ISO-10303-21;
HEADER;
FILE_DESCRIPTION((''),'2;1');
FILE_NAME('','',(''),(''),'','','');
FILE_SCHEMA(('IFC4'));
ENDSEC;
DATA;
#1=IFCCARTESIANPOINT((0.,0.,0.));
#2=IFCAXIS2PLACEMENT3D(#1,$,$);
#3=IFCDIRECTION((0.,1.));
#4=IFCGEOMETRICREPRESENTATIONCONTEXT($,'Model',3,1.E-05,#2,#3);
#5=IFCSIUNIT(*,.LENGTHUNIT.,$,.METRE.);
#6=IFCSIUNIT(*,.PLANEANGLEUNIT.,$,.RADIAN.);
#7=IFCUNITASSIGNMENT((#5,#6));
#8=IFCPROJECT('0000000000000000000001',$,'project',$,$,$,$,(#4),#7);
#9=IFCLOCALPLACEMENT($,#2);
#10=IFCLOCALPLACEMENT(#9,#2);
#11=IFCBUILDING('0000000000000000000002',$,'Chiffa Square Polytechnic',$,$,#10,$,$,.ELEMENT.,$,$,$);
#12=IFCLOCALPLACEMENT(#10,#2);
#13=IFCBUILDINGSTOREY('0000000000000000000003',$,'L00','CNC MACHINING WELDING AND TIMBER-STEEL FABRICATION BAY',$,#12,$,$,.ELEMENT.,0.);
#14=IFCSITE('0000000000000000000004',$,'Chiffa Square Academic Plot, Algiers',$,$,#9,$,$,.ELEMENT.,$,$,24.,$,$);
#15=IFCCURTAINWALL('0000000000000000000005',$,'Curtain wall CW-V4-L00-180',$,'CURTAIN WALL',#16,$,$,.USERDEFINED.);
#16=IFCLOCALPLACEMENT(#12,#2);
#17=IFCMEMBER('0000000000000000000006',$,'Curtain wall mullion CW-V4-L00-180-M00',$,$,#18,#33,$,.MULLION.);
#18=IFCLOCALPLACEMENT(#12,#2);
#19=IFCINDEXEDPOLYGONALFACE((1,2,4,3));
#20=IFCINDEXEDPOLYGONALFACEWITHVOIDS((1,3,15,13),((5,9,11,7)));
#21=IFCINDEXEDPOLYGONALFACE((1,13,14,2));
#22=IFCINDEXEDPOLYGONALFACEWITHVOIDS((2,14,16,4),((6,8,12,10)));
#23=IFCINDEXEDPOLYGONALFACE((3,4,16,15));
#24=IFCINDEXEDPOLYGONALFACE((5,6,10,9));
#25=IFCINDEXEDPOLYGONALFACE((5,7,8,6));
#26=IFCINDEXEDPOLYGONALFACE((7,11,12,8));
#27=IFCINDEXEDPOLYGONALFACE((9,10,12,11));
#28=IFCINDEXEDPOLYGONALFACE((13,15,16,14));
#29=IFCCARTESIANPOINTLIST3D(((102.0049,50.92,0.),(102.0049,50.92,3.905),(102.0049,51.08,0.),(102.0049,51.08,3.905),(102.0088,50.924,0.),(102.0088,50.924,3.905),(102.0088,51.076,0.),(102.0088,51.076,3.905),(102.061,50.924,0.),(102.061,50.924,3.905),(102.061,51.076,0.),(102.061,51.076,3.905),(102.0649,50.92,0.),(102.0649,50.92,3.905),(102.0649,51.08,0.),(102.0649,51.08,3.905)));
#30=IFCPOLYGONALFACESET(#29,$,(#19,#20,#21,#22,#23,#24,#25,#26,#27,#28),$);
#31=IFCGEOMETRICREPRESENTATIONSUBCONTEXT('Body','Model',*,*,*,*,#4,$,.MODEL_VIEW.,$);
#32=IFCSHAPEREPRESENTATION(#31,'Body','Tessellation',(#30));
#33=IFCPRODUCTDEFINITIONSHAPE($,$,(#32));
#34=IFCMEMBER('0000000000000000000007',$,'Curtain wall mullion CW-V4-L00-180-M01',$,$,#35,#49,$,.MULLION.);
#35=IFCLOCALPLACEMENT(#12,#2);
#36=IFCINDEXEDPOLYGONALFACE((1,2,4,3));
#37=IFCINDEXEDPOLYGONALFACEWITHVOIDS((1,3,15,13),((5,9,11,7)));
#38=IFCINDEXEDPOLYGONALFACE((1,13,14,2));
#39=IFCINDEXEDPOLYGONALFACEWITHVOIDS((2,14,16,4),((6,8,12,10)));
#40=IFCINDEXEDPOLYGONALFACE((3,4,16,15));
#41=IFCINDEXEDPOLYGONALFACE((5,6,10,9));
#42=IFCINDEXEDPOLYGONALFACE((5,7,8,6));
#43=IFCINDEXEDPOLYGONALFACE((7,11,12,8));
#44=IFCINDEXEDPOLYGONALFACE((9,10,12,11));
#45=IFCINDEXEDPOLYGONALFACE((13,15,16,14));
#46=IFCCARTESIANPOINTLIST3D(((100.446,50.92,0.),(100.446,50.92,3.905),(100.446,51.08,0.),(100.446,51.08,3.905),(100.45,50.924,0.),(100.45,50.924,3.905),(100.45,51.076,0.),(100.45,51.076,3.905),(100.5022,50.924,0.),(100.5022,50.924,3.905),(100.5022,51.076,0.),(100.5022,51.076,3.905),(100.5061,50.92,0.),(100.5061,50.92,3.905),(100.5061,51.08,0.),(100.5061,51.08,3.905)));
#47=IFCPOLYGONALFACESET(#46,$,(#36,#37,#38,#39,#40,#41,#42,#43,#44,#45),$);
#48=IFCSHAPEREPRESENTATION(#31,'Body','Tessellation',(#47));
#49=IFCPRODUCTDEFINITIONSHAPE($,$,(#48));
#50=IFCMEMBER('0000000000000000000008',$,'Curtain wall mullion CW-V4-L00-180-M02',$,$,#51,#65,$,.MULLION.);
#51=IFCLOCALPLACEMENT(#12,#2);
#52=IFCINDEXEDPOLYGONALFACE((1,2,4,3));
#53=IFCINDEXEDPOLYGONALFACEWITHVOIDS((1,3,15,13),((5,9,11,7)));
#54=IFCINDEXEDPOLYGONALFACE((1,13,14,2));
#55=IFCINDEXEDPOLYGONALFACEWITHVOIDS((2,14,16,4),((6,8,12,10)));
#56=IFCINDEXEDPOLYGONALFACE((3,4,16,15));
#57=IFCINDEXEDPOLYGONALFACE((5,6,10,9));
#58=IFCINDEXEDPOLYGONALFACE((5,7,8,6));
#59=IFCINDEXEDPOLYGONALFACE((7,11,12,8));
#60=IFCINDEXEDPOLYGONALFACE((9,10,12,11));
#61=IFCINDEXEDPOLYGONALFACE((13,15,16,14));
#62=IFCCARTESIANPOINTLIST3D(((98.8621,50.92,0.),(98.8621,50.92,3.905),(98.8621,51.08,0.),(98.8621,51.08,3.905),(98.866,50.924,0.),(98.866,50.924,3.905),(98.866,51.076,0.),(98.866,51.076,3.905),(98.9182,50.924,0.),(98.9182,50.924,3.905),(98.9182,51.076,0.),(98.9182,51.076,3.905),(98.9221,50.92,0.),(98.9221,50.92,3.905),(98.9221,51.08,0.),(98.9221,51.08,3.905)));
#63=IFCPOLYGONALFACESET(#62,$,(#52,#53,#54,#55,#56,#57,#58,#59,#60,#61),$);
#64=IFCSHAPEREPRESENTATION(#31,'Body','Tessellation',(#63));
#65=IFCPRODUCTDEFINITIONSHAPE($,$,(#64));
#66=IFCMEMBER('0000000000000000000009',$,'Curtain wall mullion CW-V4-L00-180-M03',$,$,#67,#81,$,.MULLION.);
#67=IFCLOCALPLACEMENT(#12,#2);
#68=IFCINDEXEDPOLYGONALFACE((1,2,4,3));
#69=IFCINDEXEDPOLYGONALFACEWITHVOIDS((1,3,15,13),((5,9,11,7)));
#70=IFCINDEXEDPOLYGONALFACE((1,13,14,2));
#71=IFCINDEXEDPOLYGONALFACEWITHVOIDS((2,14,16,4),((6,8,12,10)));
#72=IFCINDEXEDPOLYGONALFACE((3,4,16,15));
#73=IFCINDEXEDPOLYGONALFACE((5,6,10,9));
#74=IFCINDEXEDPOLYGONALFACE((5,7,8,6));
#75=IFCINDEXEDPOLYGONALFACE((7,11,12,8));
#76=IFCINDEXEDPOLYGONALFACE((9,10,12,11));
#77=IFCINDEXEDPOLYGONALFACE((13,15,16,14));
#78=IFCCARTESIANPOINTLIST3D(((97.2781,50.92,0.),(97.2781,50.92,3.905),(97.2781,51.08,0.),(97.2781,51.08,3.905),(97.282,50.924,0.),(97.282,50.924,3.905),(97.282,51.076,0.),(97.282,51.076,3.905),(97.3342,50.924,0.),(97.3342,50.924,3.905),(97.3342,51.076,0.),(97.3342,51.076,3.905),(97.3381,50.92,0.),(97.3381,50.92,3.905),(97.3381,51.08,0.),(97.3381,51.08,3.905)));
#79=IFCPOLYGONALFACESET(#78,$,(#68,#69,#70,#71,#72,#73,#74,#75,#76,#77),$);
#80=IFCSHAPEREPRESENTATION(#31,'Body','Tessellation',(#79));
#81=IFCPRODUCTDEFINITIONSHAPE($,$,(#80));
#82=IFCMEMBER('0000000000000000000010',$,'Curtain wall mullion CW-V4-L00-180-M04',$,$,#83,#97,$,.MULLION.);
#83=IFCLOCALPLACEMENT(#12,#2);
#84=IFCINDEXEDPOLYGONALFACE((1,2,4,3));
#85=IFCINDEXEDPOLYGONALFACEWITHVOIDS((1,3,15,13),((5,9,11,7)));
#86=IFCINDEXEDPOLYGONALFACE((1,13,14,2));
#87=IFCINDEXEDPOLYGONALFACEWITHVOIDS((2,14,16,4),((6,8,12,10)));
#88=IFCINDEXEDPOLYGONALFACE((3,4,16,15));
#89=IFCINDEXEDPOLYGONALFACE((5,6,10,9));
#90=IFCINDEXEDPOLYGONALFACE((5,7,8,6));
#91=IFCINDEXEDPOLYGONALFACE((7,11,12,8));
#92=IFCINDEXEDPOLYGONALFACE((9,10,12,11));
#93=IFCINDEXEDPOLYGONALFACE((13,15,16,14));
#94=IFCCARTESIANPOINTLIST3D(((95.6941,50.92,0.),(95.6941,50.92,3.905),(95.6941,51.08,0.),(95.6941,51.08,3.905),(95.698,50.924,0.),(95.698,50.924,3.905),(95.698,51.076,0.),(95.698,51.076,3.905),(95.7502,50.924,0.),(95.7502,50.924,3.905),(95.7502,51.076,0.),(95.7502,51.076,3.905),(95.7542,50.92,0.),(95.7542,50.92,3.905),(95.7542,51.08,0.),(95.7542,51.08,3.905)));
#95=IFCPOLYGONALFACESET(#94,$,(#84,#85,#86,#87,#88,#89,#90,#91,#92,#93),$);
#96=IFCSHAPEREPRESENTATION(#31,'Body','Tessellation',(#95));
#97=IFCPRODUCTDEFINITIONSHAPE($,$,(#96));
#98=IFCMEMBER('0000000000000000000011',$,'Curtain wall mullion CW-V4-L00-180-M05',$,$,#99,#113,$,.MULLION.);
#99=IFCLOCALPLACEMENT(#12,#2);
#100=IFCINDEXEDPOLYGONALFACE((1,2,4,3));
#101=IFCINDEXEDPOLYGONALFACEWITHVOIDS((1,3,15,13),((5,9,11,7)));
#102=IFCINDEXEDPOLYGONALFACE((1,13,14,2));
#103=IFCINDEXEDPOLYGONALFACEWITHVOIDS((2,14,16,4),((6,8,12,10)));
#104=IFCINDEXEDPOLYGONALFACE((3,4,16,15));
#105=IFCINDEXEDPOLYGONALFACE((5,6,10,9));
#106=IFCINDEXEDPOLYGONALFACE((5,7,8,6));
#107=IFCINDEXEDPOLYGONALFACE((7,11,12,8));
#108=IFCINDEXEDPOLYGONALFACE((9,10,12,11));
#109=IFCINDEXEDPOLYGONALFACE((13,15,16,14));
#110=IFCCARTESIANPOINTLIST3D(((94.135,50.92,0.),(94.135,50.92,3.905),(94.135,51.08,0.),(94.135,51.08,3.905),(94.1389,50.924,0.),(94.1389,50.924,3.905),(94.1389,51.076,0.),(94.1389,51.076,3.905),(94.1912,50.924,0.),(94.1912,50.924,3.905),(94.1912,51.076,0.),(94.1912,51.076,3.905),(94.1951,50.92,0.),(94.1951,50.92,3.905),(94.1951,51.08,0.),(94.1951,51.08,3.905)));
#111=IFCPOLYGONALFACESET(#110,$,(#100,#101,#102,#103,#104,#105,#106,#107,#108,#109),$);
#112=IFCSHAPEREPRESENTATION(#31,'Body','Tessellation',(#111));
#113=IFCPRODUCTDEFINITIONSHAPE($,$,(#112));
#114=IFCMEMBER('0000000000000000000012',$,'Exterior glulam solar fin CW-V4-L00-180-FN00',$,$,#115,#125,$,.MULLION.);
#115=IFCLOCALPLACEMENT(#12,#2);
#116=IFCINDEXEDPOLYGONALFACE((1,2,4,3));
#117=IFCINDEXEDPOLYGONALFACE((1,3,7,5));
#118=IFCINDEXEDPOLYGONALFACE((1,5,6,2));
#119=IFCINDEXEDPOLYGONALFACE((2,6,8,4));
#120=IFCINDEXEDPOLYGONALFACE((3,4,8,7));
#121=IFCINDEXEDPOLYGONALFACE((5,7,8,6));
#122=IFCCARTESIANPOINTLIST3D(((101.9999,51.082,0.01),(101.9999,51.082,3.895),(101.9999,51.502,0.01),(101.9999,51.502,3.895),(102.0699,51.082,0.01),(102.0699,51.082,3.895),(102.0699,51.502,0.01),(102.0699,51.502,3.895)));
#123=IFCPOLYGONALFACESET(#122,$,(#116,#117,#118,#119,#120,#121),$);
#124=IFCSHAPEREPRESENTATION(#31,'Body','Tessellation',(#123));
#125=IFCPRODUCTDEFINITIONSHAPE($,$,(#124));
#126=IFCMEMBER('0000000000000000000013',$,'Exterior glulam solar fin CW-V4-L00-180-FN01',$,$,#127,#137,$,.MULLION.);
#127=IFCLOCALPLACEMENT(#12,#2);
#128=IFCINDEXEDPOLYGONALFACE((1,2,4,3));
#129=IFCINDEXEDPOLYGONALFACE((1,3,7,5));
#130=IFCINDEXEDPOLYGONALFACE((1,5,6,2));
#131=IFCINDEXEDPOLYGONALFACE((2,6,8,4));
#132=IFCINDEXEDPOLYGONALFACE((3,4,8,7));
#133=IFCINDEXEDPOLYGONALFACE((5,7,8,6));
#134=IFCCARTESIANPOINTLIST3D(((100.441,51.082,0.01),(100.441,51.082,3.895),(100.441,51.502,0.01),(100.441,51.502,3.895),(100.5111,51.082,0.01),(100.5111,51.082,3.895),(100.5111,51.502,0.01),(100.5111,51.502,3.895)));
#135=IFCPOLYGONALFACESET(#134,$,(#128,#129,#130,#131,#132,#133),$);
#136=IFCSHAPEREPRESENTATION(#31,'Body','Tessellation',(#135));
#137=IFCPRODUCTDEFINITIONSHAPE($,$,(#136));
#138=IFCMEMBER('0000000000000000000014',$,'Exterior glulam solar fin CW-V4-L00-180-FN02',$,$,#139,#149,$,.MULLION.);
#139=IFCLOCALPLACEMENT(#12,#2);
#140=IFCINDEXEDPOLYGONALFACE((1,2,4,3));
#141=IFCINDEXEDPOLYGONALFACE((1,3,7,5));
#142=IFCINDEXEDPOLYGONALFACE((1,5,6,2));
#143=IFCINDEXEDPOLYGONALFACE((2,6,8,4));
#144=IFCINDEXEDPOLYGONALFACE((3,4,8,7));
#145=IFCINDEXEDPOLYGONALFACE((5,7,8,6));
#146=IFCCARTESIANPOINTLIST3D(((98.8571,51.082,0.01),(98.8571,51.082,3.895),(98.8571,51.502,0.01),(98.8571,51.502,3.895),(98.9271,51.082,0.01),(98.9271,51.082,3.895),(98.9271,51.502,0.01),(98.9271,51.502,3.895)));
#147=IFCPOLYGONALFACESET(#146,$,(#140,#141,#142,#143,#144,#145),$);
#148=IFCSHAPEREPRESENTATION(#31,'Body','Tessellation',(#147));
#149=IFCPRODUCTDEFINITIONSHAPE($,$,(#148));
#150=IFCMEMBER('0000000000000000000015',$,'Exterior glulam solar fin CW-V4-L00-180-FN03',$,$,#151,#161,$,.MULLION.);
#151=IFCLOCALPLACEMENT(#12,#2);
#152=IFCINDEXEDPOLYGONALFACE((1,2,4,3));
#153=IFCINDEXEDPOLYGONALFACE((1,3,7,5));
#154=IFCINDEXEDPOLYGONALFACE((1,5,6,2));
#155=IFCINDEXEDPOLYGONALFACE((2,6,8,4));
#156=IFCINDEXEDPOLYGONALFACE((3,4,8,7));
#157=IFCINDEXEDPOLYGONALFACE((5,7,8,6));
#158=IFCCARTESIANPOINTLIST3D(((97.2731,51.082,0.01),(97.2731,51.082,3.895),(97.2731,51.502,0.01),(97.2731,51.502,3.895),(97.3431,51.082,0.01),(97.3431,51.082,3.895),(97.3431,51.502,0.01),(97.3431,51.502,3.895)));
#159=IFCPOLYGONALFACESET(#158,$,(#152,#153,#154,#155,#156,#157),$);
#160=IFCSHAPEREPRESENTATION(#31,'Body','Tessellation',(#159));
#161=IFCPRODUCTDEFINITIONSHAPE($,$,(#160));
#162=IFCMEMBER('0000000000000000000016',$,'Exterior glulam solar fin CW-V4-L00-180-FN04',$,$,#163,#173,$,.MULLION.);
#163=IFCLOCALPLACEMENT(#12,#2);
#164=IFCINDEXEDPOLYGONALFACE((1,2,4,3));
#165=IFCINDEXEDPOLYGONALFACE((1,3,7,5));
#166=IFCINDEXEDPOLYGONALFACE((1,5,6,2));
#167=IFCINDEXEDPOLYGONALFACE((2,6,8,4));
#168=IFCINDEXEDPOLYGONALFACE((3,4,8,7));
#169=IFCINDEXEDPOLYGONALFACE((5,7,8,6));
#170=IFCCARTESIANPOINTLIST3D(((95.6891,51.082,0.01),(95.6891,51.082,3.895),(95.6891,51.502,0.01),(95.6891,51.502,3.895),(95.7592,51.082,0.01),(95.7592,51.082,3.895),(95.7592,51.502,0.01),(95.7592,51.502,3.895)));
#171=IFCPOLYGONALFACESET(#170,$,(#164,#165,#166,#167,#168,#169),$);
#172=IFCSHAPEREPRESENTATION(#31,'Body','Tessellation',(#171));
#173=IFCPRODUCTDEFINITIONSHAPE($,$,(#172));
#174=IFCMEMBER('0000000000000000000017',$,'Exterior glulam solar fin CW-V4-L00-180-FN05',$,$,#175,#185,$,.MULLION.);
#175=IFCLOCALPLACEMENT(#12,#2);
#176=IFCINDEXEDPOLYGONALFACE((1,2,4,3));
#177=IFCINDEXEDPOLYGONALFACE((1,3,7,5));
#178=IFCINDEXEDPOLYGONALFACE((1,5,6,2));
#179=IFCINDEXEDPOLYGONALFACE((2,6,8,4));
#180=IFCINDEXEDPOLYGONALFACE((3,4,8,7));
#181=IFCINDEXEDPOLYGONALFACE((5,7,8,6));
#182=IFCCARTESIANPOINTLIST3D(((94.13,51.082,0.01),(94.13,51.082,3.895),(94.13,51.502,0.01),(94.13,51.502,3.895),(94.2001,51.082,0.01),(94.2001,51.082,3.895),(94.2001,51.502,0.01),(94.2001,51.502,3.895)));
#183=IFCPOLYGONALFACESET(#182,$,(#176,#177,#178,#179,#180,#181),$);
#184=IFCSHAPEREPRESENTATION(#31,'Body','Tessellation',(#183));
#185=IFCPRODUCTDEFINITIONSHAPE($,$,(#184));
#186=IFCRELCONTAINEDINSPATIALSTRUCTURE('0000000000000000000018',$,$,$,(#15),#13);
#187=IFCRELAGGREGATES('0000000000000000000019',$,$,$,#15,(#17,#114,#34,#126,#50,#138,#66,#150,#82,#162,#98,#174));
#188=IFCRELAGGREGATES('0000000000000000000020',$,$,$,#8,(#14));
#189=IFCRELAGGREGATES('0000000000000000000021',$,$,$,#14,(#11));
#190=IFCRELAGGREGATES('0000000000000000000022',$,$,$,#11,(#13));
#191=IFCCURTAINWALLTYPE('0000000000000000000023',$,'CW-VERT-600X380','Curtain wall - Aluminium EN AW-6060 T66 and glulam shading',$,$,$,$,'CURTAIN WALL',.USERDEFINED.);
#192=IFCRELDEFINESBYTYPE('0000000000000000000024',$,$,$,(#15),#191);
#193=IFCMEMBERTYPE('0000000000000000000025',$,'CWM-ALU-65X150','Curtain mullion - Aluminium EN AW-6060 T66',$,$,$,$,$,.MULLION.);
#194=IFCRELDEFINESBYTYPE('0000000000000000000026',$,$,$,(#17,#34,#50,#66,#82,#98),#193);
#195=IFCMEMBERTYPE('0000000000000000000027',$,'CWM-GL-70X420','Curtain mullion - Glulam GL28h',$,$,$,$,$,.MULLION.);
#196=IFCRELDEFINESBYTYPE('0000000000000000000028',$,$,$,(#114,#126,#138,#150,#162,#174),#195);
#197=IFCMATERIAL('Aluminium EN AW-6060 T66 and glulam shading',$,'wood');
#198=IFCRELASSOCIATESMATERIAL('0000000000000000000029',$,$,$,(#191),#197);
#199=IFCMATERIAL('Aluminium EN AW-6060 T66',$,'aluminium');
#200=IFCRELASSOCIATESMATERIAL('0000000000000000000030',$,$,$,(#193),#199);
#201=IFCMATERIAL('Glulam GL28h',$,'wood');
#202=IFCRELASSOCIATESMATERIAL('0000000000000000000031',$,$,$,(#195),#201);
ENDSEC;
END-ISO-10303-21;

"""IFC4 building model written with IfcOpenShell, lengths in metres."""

from ifc_helpers import new_model, si_unit, direction, frame, origin, origin_2d, place, context, subcontext, project, spatial, rectangle, hollow_rectangle, extrude, material, material_profile, profile_set, type_object, element, aggregate, save


model = new_model("IFC4")

# Units and contexts
model_context = context("Model", 3, precision=1e-05, world=origin(), true_north=direction((0.0, 1.0)))
body_context = subcontext(model_context, "Body", "Model", "MODEL_VIEW")
ifc_project = project(units=[si_unit("LENGTHUNIT", "METRE"), si_unit("PLANEANGLEUNIT", "RADIAN")], contexts=[model_context])

# Site, building, storey
site_placement = place(None, origin())
site = spatial("IfcSite", under=ifc_project, at=site_placement, Name="Chiffa Square Academic Plot, Algiers", CompositionType="ELEMENT", RefElevation=24.0)
building_placement = place(site_placement, origin())
building = spatial("IfcBuilding", under=site, at=building_placement, Name="Chiffa Square Polytechnic", CompositionType="ELEMENT")
storey_placement = place(building_placement, origin())
storey = spatial("IfcBuildingStorey", under=building, at=storey_placement, Name="L00", Description="CNC MACHINING WELDING AND TIMBER-STEEL FABRICATION BAY", CompositionType="ELEMENT", Elevation=0.0)

# Curtain wall, members
ifc_material_1 = material(Name="Aluminium EN AW-6060 T66 and glulam shading", Category="wood")
curtain_wall_type = type_object("IfcCurtainWallType", Name="CW-VERT-600X380", Description="Curtain wall - Aluminium EN AW-6060 T66 and glulam shading", ElementType="CURTAIN WALL", PredefinedType="USERDEFINED", material=ifc_material_1)
curtain_wall_placement = place(storey_placement, origin())
curtain_wall = element("IfcCurtainWall", 1, at=curtain_wall_placement, inside=storey, type_object=curtain_wall_type, Name="Curtain wall CW-V4-L00-180", ObjectType="CURTAIN WALL", PredefinedType="USERDEFINED")
ifc_material_2 = material(Name="Aluminium EN AW-6060 T66", Category="aluminium")
ifc_material_profile_1 = material_profile(ifc_material_2, hollow_rectangle(XDim=0.0601, YDim=0.1599, WallThickness=0.0039, at=origin_2d()), Name="ALU 60x160x4")
ifc_profile_set_1 = profile_set([ifc_material_profile_1], Name="Aluminium EN AW-6060 T66")
member_type_1 = type_object("IfcMemberType", Name="CWM-ALU-65X150", Description="Curtain mullion - Aluminium EN AW-6060 T66", PredefinedType="MULLION", material=ifc_profile_set_1)
member_1_placement = place(storey_placement, frame((102.0349, 51.0, 0.0), z_axis=(0.0, 0.0, 1.0), x_axis=(1.0, 0.0, 0.0)))
member_1 = element("IfcMember", 2, at=member_1_placement, type_object=member_type_1, Name="Curtain wall mullion CW-V4-L00-180-M00", PredefinedType="MULLION", context=body_context, shape_type="SweptSolid", body=[
    extrude(hollow_rectangle(XDim=0.0601, YDim=0.1599, WallThickness=0.0039, at=origin_2d()), origin(), (0.0, 0.0, 1.0), 3.905),
])
member_2_placement = place(storey_placement, frame((100.4761, 51.0, 0.0), z_axis=(0.0, 0.0, 1.0), x_axis=(1.0, 0.0, 0.0)))
member_2 = element("IfcMember", 3, at=member_2_placement, type_object=member_type_1, Name="Curtain wall mullion CW-V4-L00-180-M01", PredefinedType="MULLION", context=body_context, shape_type="SweptSolid", body=[
    extrude(hollow_rectangle(XDim=0.0601, YDim=0.1599, WallThickness=0.0039, at=origin_2d()), origin(), (0.0, 0.0, 1.0), 3.905),
])
member_3_placement = place(storey_placement, frame((98.8921, 51.0, 0.0), z_axis=(0.0, 0.0, 1.0), x_axis=(1.0, 0.0, 0.0)))
member_3 = element("IfcMember", 4, at=member_3_placement, type_object=member_type_1, Name="Curtain wall mullion CW-V4-L00-180-M02", PredefinedType="MULLION", context=body_context, shape_type="SweptSolid", body=[
    extrude(hollow_rectangle(XDim=0.0601, YDim=0.1599, WallThickness=0.0039, at=origin_2d()), origin(), (0.0, 0.0, 1.0), 3.905),
])
member_4_placement = place(storey_placement, frame((97.3081, 51.0, 0.0), z_axis=(0.0, 0.0, 1.0), x_axis=(1.0, 0.0, 0.0)))
member_4 = element("IfcMember", 5, at=member_4_placement, type_object=member_type_1, Name="Curtain wall mullion CW-V4-L00-180-M03", PredefinedType="MULLION", context=body_context, shape_type="SweptSolid", body=[
    extrude(hollow_rectangle(XDim=0.0601, YDim=0.1599, WallThickness=0.0039, at=origin_2d()), origin(), (0.0, 0.0, 1.0), 3.905),
])
member_5_placement = place(storey_placement, frame((95.7241, 51.0, 0.0), z_axis=(0.0, 0.0, 1.0), x_axis=(1.0, 0.0, 0.0)))
member_5 = element("IfcMember", 6, at=member_5_placement, type_object=member_type_1, Name="Curtain wall mullion CW-V4-L00-180-M04", PredefinedType="MULLION", context=body_context, shape_type="SweptSolid", body=[
    extrude(hollow_rectangle(XDim=0.0601, YDim=0.1599, WallThickness=0.0039, at=origin_2d()), origin(), (0.0, 0.0, 1.0), 3.905),
])
member_6_placement = place(storey_placement, frame((94.165, 51.0, 0.0), z_axis=(0.0, 0.0, 1.0), x_axis=(1.0, 0.0, 0.0)))
member_6 = element("IfcMember", 7, at=member_6_placement, type_object=member_type_1, Name="Curtain wall mullion CW-V4-L00-180-M05", PredefinedType="MULLION", context=body_context, shape_type="SweptSolid", body=[
    extrude(hollow_rectangle(XDim=0.0601, YDim=0.1599, WallThickness=0.0039, at=origin_2d()), origin(), (0.0, 0.0, 1.0), 3.905),
])
ifc_material_3 = material(Name="Glulam GL28h", Category="wood")
ifc_material_profile_2 = material_profile(ifc_material_3, rectangle(XDim=0.0701, YDim=0.4199, at=origin_2d()), Name="GL28h 70x420")
ifc_profile_set_2 = profile_set([ifc_material_profile_2], Name="Glulam GL28h")
member_type_2 = type_object("IfcMemberType", Name="CWM-GL-70X420", Description="Curtain mullion - Glulam GL28h", PredefinedType="MULLION", material=ifc_profile_set_2)
member_7_placement = place(storey_placement, frame((102.0349, 51.292, 0.01), z_axis=(0.0, 0.0, 1.0), x_axis=(-1.0, 0.0, 0.0)))
member_7 = element("IfcMember", 8, at=member_7_placement, type_object=member_type_2, Name="Exterior glulam solar fin CW-V4-L00-180-FN00", PredefinedType="MULLION", context=body_context, shape_type="SweptSolid", body=[
    extrude(rectangle(XDim=0.0701, YDim=0.4199, at=origin_2d()), origin(), (0.0, 0.0, 1.0), 3.885),
])
member_8_placement = place(storey_placement, frame((100.4761, 51.292, 0.01), z_axis=(0.0, 0.0, 1.0), x_axis=(-1.0, 0.0, 0.0)))
member_8 = element("IfcMember", 9, at=member_8_placement, type_object=member_type_2, Name="Exterior glulam solar fin CW-V4-L00-180-FN01", PredefinedType="MULLION", context=body_context, shape_type="SweptSolid", body=[
    extrude(rectangle(XDim=0.0701, YDim=0.4199, at=origin_2d()), origin(), (0.0, 0.0, 1.0), 3.885),
])
member_9_placement = place(storey_placement, frame((98.8921, 51.292, 0.01), z_axis=(0.0, 0.0, 1.0), x_axis=(-1.0, 0.0, 0.0)))
member_9 = element("IfcMember", 10, at=member_9_placement, type_object=member_type_2, Name="Exterior glulam solar fin CW-V4-L00-180-FN02", PredefinedType="MULLION", context=body_context, shape_type="SweptSolid", body=[
    extrude(rectangle(XDim=0.0701, YDim=0.4199, at=origin_2d()), origin(), (0.0, 0.0, 1.0), 3.885),
])
member_10_placement = place(storey_placement, frame((97.3081, 51.292, 0.01), z_axis=(0.0, 0.0, 1.0), x_axis=(-1.0, 0.0, 0.0)))
member_10 = element("IfcMember", 11, at=member_10_placement, type_object=member_type_2, Name="Exterior glulam solar fin CW-V4-L00-180-FN03", PredefinedType="MULLION", context=body_context, shape_type="SweptSolid", body=[
    extrude(rectangle(XDim=0.0701, YDim=0.4199, at=origin_2d()), origin(), (0.0, 0.0, 1.0), 3.885),
])
member_11_placement = place(storey_placement, frame((95.7241, 51.292, 0.01), z_axis=(0.0, 0.0, 1.0), x_axis=(-1.0, 0.0, 0.0)))
member_11 = element("IfcMember", 12, at=member_11_placement, type_object=member_type_2, Name="Exterior glulam solar fin CW-V4-L00-180-FN04", PredefinedType="MULLION", context=body_context, shape_type="SweptSolid", body=[
    extrude(rectangle(XDim=0.0701, YDim=0.4199, at=origin_2d()), origin(), (0.0, 0.0, 1.0), 3.885),
])
member_12_placement = place(storey_placement, frame((94.165, 51.292, 0.01), z_axis=(0.0, 0.0, 1.0), x_axis=(-1.0, 0.0, 0.0)))
member_12 = element("IfcMember", 13, at=member_12_placement, type_object=member_type_2, Name="Exterior glulam solar fin CW-V4-L00-180-FN05", PredefinedType="MULLION", context=body_context, shape_type="SweptSolid", body=[
    extrude(rectangle(XDim=0.0701, YDim=0.4199, at=origin_2d()), origin(), (0.0, 0.0, 1.0), 3.885),
])
aggregate(curtain_wall, [member_1, member_7, member_2, member_8, member_3, member_9, member_4, member_10, member_5, member_11, member_6, member_12])

save(model, "model.ifc")
